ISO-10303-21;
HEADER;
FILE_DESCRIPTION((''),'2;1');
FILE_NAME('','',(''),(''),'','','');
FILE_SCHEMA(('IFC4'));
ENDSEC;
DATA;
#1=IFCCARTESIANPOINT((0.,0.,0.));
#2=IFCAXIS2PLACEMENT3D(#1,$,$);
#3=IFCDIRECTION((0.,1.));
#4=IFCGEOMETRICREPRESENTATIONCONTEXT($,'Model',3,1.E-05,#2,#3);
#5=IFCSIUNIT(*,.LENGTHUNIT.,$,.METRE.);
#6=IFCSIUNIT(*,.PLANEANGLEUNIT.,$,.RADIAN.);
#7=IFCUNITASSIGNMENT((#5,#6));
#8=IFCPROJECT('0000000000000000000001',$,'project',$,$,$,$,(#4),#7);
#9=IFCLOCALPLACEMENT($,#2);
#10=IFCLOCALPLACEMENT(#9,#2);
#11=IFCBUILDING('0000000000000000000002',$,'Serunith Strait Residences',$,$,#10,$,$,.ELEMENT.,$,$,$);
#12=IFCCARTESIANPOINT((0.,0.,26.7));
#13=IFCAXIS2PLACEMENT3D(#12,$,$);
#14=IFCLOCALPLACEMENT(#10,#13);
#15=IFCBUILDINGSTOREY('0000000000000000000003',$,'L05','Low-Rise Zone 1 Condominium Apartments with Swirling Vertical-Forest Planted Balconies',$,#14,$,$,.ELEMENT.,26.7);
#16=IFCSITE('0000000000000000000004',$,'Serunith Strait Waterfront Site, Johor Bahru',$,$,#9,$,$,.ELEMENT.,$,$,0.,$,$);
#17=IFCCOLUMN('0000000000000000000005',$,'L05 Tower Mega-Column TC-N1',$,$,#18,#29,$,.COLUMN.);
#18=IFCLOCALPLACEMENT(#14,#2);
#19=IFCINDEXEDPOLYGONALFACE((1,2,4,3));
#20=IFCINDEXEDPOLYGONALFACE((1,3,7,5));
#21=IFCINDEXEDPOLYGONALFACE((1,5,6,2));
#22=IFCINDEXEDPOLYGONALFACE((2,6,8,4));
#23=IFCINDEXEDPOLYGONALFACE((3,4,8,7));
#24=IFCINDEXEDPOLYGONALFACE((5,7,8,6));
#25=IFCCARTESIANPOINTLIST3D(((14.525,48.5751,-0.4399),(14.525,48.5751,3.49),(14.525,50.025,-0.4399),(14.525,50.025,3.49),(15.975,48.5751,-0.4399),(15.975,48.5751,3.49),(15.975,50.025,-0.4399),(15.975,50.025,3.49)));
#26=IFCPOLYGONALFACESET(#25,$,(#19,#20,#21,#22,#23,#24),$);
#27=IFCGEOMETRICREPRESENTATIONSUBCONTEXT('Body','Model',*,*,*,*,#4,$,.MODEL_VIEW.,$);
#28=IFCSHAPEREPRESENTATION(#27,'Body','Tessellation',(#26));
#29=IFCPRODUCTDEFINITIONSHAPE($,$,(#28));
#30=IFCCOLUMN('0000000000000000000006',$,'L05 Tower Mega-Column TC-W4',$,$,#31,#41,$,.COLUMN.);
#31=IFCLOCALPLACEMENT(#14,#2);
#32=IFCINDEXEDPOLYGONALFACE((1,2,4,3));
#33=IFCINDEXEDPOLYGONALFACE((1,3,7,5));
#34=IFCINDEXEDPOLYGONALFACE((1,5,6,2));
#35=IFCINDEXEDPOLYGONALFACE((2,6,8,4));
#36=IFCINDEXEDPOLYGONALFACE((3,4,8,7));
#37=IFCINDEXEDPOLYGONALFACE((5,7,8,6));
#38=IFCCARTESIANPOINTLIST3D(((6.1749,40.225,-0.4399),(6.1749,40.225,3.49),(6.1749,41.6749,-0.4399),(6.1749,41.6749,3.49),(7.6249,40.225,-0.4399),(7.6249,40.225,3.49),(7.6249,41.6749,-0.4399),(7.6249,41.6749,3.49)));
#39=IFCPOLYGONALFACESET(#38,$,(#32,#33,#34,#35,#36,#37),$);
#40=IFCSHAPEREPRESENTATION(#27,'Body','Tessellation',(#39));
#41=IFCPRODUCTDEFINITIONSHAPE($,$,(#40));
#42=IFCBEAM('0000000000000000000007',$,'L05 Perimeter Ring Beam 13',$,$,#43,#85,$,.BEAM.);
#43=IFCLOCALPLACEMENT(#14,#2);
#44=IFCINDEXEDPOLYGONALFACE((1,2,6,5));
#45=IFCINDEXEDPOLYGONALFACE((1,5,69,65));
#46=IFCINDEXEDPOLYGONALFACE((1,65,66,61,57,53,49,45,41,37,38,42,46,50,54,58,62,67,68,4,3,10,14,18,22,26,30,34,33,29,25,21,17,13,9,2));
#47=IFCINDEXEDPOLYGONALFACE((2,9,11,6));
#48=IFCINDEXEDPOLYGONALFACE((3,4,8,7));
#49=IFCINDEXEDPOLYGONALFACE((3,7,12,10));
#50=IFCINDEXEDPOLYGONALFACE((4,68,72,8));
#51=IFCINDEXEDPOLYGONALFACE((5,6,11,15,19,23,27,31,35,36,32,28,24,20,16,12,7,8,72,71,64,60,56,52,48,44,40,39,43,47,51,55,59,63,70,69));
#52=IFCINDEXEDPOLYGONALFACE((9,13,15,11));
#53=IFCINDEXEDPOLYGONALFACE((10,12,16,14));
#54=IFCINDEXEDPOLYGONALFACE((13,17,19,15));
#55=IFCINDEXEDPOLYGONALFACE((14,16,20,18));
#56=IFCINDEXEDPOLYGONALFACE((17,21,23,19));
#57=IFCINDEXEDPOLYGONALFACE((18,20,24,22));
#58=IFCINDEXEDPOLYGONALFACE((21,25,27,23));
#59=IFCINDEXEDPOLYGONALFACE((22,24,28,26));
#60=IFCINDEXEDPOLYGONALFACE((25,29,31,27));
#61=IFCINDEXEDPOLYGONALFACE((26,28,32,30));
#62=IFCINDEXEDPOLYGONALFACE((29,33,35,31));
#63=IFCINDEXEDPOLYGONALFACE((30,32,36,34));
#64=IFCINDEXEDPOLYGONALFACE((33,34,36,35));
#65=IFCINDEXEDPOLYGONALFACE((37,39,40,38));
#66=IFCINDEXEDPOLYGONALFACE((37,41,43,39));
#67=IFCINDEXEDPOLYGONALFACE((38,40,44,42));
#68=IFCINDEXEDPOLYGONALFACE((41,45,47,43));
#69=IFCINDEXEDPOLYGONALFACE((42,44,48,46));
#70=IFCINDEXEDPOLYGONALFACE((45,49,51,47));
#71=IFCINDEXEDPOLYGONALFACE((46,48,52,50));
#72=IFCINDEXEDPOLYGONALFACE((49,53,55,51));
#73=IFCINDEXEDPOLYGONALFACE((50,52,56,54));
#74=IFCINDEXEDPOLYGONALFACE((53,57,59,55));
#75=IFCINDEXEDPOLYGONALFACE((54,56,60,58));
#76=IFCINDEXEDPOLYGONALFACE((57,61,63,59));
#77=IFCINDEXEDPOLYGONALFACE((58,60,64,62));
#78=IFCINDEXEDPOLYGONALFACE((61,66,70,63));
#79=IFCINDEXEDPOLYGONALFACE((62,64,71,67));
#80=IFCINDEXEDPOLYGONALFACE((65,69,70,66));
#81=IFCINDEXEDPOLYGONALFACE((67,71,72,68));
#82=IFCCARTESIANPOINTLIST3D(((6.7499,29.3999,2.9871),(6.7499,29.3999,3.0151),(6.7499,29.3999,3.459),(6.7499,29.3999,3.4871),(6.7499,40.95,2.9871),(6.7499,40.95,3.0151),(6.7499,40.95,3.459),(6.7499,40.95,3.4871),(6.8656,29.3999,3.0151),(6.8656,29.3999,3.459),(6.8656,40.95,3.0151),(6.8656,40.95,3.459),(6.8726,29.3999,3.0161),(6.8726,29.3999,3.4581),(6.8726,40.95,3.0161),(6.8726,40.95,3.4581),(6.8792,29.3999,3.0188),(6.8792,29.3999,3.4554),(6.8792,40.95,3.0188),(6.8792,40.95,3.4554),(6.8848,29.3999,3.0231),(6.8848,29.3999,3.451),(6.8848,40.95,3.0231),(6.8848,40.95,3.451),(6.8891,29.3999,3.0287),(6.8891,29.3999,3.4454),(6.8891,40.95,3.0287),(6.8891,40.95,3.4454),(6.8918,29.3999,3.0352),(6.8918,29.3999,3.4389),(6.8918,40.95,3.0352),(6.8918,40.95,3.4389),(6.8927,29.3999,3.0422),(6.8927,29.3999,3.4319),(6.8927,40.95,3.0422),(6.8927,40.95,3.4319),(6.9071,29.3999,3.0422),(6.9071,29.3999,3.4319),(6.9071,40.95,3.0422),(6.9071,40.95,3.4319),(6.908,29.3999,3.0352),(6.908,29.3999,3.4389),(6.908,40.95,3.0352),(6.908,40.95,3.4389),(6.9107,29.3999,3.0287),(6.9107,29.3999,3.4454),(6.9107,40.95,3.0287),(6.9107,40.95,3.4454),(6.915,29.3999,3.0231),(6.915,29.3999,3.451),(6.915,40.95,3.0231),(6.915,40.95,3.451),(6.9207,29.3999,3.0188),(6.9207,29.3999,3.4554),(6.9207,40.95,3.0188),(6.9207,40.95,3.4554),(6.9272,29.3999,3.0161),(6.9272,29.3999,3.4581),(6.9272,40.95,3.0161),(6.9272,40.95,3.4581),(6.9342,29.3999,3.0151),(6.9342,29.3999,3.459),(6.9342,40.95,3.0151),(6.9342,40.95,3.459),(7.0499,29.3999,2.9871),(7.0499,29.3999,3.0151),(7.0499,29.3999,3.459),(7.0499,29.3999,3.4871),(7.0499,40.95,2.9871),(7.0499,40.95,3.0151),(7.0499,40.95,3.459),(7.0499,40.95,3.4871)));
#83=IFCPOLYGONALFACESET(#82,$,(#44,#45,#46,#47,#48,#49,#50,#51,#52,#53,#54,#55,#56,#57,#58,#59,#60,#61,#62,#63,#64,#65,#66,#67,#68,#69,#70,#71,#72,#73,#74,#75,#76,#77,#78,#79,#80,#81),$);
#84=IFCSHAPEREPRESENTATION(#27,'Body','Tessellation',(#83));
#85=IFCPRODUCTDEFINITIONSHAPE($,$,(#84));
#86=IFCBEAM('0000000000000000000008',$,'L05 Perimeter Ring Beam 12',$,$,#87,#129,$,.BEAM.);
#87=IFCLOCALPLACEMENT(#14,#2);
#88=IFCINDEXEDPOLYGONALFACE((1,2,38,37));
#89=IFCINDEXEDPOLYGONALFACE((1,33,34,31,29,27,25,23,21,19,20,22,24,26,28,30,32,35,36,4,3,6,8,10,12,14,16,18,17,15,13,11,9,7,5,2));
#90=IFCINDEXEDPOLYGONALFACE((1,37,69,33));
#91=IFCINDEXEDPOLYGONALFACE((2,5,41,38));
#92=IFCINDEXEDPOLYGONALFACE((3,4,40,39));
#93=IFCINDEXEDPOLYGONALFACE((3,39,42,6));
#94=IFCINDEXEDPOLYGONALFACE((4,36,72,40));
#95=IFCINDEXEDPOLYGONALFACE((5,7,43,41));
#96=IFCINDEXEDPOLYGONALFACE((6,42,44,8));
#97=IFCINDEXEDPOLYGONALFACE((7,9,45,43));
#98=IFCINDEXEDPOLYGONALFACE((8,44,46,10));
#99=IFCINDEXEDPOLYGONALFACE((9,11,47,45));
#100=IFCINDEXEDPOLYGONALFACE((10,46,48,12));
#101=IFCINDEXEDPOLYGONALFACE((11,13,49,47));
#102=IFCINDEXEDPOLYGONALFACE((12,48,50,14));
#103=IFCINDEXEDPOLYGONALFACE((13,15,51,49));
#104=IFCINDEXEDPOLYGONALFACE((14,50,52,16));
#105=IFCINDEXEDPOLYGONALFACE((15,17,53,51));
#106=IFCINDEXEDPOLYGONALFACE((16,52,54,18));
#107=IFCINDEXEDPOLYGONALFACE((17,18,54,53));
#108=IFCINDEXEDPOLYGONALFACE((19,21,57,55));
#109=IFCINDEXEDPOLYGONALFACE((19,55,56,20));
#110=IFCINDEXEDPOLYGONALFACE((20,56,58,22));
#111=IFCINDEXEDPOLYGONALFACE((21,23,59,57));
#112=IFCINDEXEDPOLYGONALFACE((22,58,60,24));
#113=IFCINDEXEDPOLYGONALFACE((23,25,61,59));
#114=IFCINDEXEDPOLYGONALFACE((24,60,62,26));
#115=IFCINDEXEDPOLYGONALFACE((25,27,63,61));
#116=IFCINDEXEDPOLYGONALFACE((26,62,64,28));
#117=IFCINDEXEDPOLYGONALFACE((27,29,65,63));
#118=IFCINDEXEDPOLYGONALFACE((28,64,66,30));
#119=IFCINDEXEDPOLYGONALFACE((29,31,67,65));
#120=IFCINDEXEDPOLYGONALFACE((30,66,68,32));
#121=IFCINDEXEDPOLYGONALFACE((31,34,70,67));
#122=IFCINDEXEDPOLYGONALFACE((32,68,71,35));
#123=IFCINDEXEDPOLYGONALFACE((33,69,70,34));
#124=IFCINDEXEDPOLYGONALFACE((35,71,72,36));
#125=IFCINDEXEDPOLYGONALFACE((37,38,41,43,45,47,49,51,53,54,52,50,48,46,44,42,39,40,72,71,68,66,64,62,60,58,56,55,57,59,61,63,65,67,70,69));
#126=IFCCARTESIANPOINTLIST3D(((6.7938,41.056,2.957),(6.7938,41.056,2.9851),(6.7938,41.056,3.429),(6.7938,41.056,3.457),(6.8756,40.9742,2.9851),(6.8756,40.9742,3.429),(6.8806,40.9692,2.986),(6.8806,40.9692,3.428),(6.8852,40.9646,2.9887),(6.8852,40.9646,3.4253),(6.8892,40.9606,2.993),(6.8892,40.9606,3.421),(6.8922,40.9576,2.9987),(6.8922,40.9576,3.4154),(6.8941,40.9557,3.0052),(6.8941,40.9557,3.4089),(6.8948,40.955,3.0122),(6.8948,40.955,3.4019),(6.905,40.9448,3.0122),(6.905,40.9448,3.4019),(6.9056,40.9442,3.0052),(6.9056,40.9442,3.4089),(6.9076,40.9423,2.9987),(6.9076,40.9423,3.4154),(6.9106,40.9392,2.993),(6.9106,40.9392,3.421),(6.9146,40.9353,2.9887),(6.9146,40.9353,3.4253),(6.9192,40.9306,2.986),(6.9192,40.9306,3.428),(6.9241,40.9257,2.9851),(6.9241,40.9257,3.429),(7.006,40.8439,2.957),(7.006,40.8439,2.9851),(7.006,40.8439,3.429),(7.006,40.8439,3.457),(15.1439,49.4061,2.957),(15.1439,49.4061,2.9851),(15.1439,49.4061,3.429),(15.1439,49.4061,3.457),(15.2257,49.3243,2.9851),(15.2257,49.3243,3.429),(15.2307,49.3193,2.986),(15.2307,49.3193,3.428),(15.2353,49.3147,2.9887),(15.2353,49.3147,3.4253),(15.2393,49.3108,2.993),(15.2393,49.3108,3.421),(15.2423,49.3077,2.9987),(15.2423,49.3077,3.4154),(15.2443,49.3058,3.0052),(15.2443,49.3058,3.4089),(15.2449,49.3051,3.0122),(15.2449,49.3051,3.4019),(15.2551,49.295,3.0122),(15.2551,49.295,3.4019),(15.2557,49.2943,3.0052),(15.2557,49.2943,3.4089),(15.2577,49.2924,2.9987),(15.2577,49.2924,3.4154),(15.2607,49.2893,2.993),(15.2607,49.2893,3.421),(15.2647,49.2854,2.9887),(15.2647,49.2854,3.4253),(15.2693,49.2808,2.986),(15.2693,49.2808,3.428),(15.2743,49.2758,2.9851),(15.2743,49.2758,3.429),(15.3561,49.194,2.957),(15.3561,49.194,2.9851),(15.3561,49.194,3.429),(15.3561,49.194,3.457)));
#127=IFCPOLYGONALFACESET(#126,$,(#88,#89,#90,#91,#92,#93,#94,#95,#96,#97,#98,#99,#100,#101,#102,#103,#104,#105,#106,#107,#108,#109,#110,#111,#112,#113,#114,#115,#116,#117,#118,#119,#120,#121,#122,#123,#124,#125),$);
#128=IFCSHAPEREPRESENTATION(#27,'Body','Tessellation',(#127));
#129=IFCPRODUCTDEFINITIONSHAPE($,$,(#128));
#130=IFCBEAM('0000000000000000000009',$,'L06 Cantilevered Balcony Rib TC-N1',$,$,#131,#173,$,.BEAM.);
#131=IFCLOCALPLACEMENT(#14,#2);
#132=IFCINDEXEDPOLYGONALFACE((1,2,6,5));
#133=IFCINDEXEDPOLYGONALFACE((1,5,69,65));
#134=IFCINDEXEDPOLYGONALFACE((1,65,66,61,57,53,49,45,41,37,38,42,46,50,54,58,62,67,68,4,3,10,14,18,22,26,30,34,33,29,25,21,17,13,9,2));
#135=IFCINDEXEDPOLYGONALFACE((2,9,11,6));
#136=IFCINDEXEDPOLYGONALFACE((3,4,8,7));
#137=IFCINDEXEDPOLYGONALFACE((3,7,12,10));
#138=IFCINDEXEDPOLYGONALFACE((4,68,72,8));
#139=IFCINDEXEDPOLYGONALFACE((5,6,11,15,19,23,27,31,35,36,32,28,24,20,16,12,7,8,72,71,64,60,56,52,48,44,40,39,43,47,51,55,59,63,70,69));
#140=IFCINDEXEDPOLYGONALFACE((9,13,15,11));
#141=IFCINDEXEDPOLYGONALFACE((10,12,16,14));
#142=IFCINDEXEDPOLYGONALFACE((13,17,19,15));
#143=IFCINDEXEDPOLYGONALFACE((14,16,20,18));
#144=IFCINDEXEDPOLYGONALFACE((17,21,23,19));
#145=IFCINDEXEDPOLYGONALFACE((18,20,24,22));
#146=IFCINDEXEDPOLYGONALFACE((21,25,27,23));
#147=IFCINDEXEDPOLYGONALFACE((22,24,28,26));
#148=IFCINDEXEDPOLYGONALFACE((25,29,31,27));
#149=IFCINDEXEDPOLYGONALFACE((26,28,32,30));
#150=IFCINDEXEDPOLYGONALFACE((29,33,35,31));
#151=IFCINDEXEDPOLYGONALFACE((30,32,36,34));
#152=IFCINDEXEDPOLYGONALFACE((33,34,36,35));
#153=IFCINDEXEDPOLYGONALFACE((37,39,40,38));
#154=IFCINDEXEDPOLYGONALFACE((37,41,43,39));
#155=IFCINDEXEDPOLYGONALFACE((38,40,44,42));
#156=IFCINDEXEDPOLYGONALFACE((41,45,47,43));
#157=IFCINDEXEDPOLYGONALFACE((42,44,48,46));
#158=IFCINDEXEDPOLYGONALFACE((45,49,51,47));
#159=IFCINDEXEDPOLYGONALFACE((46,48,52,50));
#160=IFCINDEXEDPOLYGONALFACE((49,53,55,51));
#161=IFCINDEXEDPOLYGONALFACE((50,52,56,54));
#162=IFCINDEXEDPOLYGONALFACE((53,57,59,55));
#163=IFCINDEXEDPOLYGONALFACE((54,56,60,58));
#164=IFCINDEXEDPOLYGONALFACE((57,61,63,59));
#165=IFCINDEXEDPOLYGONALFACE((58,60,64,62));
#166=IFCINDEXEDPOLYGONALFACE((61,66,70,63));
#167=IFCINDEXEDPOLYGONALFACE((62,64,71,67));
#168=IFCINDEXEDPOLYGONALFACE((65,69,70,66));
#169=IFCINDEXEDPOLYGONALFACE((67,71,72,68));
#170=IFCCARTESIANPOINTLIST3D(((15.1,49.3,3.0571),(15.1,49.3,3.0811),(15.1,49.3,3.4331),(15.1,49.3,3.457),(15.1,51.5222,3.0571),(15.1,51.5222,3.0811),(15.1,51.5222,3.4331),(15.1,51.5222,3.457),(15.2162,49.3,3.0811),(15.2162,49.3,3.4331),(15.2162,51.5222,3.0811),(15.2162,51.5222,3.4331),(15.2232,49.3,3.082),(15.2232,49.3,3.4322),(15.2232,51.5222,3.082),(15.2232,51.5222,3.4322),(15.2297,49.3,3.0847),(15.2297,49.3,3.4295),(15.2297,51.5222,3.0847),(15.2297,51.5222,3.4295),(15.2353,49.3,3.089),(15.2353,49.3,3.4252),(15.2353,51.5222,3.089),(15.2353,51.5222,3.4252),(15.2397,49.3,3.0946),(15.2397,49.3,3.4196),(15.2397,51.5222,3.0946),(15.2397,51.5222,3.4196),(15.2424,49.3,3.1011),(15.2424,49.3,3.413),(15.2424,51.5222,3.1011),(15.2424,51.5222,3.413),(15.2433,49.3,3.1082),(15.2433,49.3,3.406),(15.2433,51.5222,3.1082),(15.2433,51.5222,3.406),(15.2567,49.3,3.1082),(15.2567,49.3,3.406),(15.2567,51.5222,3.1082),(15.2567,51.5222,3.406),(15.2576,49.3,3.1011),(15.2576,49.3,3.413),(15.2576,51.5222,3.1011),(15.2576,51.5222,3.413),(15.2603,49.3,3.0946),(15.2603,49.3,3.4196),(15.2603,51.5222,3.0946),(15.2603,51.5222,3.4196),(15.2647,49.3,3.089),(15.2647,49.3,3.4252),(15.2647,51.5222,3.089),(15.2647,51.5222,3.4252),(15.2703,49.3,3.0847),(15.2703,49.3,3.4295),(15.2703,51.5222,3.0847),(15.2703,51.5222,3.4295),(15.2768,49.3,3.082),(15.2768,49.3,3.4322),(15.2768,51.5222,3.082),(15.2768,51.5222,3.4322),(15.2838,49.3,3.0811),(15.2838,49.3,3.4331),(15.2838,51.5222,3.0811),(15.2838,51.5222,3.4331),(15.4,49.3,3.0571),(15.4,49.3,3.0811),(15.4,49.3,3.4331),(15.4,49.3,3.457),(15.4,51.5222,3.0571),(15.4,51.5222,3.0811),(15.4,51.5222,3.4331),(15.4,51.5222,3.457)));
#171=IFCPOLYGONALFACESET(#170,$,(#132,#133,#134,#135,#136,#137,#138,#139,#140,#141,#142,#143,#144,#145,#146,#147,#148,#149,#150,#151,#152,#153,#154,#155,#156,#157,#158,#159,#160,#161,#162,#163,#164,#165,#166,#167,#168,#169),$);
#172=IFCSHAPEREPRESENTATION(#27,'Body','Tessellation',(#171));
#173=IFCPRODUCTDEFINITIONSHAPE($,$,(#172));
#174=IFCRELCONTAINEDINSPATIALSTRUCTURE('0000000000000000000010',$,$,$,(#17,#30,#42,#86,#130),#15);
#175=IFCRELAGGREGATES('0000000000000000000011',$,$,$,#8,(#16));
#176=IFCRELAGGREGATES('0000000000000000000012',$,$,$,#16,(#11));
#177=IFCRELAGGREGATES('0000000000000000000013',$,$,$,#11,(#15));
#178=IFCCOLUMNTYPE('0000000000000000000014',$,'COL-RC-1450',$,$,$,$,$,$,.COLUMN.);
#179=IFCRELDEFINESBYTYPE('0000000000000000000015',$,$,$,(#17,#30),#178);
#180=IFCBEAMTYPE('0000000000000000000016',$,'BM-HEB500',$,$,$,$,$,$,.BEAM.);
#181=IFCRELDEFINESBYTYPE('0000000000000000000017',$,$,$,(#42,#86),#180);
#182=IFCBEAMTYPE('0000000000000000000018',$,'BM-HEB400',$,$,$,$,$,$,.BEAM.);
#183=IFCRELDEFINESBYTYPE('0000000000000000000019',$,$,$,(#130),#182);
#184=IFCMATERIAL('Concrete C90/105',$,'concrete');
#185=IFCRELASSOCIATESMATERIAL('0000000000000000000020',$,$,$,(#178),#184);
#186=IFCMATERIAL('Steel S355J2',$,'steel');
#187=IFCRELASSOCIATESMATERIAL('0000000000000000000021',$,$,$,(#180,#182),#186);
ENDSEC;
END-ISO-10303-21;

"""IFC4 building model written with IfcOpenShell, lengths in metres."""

from ifc_helpers import new_model, si_unit, direction, frame, origin, origin_2d, place, context, subcontext, project, spatial, rectangle, i_section, extrude, source, transform, mapped, material, material_profile, profile_set, type_object, element, save


model = new_model("IFC4")

# Units and contexts
model_context = context("Model", 3, precision=1e-05, world=origin(), true_north=direction((0.0, 1.0)))
body_context = subcontext(model_context, "Body", "Model", "MODEL_VIEW")
ifc_project = project(units=[si_unit("LENGTHUNIT", "METRE"), si_unit("PLANEANGLEUNIT", "RADIAN")], contexts=[model_context])

# Site, building, storey
site_placement = place(None, origin())
site = spatial("IfcSite", under=ifc_project, at=site_placement, Name="Serunith Strait Waterfront Site, Johor Bahru", CompositionType="ELEMENT", RefElevation=0.0)
building_placement = place(site_placement, origin())
building = spatial("IfcBuilding", under=site, at=building_placement, Name="Serunith Strait Residences", CompositionType="ELEMENT")
storey_placement = place(building_placement, frame((0.0, 0.0, 26.7)))
storey = spatial("IfcBuildingStorey", under=building, at=storey_placement, Name="L05", Description="Low-Rise Zone 1 Condominium Apartments with Swirling Vertical-Forest Planted Balconies", CompositionType="ELEMENT", Elevation=26.7)

# Columns
ifc_material_1 = material(Name="Concrete C90/105", Category="concrete")
ifc_material_profile_1 = material_profile(ifc_material_1, rectangle(XDim=1.45, YDim=1.45, at=origin_2d()), Name="RC 1450x1450")
ifc_profile_set_1 = profile_set([ifc_material_profile_1], Name="Concrete C90/105")
column_type = type_object("IfcColumnType", Name="COL-RC-1450", PredefinedType="COLUMN", material=ifc_profile_set_1)
shared_shape_1 = source(origin(), body_context, "Body", "SweptSolid", [
    extrude(rectangle(XDim=1.45, YDim=1.45, at=origin_2d()), origin(), (0.0, 0.0, 1.0), 3.9299),
])
for number, where, z_axis, x_axis, name in (
    (1, (15.25, 49.3, -0.4399), (0.0, 0.0, 1.0), (1.0, 0.0, 0.0), "L05 Tower Mega-Column TC-N1"),
    (2, (6.8999, 40.95, -0.4399), (0.0, 0.0, 1.0), (1.0, 0.0, 0.0), "L05 Tower Mega-Column TC-W4"),
):
    element("IfcColumn", number, at=place(storey_placement, frame(where, z_axis=z_axis, x_axis=x_axis)), inside=storey, type_object=column_type, Name=name, PredefinedType="COLUMN", context=body_context, shape_type="MappedRepresentation", body=[
        mapped(shared_shape_1, transform((0.0, 0.0, 0.0), scale=1.0)),
    ])

# Beams
ifc_material_2 = material(Name="Steel S355J2", Category="steel")
ifc_material_profile_2 = material_profile(ifc_material_2, i_section(OverallWidth=0.3, OverallDepth=0.5, WebThickness=0.0144, FlangeThickness=0.0281, FilletRadius=0.0271, at=origin_2d()), Name="HEB 500")
ifc_profile_set_2 = profile_set([ifc_material_profile_2], Name="Steel S355J2")
beam_type_1 = type_object("IfcBeamType", Name="BM-HEB500", PredefinedType="BEAM", material=ifc_profile_set_2)
shared_shape_2 = source(origin(), body_context, "Body", "SweptSolid", [
    extrude(i_section(OverallWidth=0.3, OverallDepth=0.5, WebThickness=0.0144, FlangeThickness=0.0281, FilletRadius=0.0271, at=origin_2d()), origin(), (0.0, 0.0, 1.0), 11.55),
])
beam_1_placement = place(storey_placement, frame((6.8999, 40.95, 3.2371), z_axis=(0.0, -1.0, 0.0), x_axis=(1.0, 0.0, 0.0)))
element("IfcBeam", 3, at=beam_1_placement, inside=storey, type_object=beam_type_1, Name="L05 Perimeter Ring Beam 13", PredefinedType="BEAM", context=body_context, shape_type="MappedRepresentation", body=[
    mapped(shared_shape_2, transform((0.0, 0.0, 0.0), scale=1.0)),
])
shared_shape_3 = source(origin(), body_context, "Body", "SweptSolid", [
    extrude(i_section(OverallWidth=0.3, OverallDepth=0.5, WebThickness=0.0144, FlangeThickness=0.0281, FilletRadius=0.0271, at=origin_2d()), origin(), (0.0, 0.0, 1.0), 11.8088),
])
beam_2_placement = place(storey_placement, frame((15.25, 49.3, 3.207), z_axis=(-0.707107, -0.707107, 0.0), x_axis=(0.707107, -0.707107, 0.0)))
element("IfcBeam", 4, at=beam_2_placement, inside=storey, type_object=beam_type_1, Name="L05 Perimeter Ring Beam 12", PredefinedType="BEAM", context=body_context, shape_type="MappedRepresentation", body=[
    mapped(shared_shape_3, transform((0.0, 0.0, 0.0), scale=1.0)),
])
ifc_material_profile_3 = material_profile(ifc_material_2, i_section(OverallWidth=0.3, OverallDepth=0.3999, WebThickness=0.0134, FlangeThickness=0.0239, FilletRadius=0.0271, at=origin_2d()), Name="HEB 400")
ifc_profile_set_3 = profile_set([ifc_material_profile_3], Name="Steel S355J2")
beam_type_2 = type_object("IfcBeamType", Name="BM-HEB400", PredefinedType="BEAM", material=ifc_profile_set_3)
shared_shape_4 = source(origin(), body_context, "Body", "SweptSolid", [
    extrude(i_section(OverallWidth=0.3, OverallDepth=0.3999, WebThickness=0.0134, FlangeThickness=0.0239, FilletRadius=0.0271, at=origin_2d()), origin(), (0.0, 0.0, 1.0), 2.2222),
])
beam_3_placement = place(storey_placement, frame((15.25, 49.3, 3.2571), z_axis=(0.0, 1.0, 0.0), x_axis=(-1.0, 0.0, 0.0)))
element("IfcBeam", 5, at=beam_3_placement, inside=storey, type_object=beam_type_2, Name="L06 Cantilevered Balcony Rib TC-N1", PredefinedType="BEAM", context=body_context, shape_type="MappedRepresentation", body=[
    mapped(shared_shape_4, transform((0.0, 0.0, 0.0), scale=1.0)),
])

save(model, "model.ifc")
